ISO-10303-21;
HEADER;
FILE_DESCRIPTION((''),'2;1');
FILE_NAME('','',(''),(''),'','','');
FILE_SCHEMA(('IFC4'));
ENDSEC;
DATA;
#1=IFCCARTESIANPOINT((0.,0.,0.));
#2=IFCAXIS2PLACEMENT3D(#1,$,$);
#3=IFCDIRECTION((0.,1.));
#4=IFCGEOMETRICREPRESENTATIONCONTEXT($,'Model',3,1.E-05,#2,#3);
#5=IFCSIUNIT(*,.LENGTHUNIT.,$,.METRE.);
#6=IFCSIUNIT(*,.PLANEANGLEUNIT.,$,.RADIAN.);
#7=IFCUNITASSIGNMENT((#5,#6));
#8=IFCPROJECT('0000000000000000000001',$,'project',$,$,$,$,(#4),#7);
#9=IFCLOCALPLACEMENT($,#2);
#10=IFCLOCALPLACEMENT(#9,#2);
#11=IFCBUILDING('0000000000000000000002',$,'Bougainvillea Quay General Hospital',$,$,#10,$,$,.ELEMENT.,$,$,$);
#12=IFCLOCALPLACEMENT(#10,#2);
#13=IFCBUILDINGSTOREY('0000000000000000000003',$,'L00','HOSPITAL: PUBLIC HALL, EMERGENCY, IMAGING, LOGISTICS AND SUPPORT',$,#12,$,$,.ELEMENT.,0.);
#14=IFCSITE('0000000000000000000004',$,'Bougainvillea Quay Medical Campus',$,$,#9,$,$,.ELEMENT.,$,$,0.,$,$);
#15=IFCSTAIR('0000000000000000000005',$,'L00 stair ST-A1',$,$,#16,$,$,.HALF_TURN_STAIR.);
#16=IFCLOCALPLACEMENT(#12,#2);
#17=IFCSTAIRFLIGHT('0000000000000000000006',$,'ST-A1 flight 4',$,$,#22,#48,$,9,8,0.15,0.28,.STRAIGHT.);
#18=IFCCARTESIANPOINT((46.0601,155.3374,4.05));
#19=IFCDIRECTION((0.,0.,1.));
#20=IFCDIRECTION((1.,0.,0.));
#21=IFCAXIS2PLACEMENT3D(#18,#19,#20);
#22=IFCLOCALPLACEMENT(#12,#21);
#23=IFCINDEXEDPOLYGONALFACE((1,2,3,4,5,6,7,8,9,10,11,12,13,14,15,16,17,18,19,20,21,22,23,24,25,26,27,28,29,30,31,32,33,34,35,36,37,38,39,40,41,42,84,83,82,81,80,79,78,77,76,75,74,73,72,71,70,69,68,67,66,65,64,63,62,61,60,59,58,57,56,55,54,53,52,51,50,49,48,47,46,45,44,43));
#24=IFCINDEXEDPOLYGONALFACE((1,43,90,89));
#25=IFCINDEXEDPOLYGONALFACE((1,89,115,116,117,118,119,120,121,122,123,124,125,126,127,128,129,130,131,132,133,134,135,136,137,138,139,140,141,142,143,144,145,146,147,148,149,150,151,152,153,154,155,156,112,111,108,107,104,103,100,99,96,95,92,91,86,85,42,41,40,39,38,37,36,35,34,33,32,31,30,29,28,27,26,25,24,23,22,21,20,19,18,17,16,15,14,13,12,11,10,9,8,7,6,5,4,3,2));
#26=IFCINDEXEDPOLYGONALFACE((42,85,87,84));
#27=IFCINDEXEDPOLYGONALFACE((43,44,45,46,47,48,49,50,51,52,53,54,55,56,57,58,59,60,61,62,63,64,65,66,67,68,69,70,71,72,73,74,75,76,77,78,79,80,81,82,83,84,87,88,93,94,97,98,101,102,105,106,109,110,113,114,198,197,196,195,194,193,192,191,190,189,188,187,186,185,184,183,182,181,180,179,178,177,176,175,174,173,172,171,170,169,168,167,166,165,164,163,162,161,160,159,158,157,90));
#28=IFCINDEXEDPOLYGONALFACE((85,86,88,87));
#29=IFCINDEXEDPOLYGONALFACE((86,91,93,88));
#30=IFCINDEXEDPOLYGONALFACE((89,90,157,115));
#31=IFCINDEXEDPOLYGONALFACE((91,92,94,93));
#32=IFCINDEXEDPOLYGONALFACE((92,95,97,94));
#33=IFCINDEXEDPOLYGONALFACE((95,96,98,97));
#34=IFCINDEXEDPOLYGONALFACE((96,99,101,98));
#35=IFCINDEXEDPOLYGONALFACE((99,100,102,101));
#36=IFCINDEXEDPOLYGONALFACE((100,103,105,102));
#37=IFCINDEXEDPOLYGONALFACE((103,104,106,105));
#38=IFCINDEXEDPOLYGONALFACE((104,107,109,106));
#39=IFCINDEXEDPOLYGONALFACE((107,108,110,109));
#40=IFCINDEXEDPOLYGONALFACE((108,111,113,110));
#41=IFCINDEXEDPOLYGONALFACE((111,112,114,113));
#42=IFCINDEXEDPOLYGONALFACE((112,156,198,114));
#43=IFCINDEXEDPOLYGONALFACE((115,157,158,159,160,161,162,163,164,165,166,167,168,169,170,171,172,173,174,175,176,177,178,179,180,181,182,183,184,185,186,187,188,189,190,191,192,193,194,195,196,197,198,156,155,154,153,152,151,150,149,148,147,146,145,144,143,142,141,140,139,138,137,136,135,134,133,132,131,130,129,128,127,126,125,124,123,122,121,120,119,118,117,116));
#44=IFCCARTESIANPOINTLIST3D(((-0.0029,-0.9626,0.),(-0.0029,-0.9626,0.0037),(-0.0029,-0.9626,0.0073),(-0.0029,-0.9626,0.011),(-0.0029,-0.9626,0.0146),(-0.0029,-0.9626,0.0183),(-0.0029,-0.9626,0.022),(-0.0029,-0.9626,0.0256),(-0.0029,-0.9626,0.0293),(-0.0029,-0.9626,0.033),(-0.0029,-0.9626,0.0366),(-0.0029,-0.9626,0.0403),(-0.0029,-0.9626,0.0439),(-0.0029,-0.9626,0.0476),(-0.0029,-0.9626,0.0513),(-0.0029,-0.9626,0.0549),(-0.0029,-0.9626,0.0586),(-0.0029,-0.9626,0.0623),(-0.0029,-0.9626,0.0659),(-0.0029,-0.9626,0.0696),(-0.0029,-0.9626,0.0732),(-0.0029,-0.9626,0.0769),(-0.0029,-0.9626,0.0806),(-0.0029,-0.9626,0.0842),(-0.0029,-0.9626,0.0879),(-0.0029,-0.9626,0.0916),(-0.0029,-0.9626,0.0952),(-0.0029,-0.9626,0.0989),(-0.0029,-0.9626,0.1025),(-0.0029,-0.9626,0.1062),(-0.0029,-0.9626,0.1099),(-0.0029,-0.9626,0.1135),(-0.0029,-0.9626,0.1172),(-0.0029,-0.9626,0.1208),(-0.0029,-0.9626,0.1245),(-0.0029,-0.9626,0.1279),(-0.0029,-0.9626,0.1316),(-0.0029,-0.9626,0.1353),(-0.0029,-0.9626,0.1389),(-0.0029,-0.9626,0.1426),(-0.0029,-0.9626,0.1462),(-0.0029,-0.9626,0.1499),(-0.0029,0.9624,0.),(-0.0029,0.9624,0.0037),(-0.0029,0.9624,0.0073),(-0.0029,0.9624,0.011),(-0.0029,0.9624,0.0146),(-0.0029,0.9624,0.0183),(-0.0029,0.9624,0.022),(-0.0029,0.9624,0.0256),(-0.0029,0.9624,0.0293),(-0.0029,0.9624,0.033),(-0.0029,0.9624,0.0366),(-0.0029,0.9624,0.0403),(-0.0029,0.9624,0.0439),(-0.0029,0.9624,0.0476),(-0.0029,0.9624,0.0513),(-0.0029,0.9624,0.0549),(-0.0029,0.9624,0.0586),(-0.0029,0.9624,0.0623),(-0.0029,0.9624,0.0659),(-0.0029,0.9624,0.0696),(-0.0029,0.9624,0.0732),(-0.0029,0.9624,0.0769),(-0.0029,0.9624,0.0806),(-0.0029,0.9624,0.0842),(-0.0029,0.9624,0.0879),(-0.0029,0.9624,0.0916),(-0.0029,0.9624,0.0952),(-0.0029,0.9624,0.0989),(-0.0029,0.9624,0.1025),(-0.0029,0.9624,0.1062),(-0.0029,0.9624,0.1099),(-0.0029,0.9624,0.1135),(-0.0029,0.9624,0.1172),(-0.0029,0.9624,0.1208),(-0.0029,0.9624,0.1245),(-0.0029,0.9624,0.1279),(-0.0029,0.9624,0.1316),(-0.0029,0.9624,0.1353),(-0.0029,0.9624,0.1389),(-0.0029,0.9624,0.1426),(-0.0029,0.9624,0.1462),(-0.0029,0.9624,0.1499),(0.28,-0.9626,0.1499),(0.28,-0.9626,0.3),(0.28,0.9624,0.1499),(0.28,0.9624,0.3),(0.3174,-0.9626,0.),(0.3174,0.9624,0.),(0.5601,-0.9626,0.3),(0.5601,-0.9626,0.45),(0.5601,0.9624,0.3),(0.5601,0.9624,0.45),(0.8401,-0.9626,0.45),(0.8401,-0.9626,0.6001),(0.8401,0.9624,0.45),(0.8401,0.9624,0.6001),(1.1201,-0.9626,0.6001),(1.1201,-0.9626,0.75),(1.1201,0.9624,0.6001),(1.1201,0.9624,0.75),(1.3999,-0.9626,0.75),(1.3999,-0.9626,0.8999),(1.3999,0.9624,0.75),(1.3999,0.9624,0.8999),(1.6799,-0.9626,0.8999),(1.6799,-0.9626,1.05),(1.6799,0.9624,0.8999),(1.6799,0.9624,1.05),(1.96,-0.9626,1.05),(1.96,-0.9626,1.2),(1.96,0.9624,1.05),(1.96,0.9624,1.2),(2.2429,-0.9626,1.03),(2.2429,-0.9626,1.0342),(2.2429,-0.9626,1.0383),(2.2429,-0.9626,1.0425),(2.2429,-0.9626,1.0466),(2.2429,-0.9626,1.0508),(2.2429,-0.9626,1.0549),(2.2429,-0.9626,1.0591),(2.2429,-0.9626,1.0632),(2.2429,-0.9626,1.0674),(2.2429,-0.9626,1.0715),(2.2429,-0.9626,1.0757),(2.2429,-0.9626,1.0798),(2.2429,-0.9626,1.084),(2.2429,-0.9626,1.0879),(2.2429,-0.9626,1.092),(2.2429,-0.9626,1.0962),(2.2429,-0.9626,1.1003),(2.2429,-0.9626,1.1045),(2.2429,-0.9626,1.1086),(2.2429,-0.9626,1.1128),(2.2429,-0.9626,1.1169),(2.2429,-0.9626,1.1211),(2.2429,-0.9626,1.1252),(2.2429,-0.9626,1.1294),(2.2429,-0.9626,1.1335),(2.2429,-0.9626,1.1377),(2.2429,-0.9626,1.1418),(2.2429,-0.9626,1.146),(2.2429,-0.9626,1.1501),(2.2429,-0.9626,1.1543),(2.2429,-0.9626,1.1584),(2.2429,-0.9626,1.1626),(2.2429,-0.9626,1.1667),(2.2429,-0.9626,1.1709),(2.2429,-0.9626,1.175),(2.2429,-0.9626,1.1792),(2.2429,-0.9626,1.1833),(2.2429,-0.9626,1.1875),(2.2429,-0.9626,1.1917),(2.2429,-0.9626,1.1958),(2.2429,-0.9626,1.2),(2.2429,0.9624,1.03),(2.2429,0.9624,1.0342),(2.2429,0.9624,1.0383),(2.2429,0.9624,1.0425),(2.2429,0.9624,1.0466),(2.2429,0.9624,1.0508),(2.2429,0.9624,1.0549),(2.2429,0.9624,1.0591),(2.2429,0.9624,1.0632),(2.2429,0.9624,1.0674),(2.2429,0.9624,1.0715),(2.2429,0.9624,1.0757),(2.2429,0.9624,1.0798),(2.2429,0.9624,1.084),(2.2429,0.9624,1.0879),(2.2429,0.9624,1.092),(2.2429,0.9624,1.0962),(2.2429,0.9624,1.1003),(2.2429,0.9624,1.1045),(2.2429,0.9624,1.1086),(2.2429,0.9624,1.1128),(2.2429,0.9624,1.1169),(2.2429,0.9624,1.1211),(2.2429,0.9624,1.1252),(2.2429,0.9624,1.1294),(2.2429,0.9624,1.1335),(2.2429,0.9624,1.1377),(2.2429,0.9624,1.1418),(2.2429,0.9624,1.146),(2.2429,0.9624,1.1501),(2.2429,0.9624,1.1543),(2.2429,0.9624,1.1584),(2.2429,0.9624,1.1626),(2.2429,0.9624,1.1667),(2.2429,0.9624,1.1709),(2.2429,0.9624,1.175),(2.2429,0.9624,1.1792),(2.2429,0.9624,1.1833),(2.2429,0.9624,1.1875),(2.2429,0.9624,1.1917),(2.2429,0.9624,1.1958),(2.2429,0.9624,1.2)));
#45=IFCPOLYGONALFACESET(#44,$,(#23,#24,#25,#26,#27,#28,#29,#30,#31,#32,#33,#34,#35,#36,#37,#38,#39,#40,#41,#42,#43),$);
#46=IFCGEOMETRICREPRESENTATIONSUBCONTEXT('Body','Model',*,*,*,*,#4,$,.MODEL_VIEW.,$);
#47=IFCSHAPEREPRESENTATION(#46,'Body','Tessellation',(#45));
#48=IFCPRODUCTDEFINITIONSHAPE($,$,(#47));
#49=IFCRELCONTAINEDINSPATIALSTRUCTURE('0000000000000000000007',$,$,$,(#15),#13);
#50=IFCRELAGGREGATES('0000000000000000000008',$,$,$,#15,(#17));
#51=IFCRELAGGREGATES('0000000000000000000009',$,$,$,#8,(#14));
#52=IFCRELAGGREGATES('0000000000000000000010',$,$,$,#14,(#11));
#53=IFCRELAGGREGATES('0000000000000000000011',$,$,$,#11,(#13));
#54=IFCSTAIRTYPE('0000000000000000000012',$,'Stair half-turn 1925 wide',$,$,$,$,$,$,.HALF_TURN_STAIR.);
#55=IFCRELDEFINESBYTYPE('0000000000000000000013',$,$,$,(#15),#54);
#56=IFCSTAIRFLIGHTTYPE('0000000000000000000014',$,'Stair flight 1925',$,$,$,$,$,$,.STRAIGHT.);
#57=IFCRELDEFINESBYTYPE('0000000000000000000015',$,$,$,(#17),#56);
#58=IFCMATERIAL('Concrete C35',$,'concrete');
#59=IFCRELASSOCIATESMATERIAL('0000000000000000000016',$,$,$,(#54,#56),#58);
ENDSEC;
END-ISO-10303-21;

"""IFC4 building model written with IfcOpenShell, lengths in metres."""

from ifc_helpers import new_model, si_unit, direction, frame, origin, place, context, subcontext, project, spatial, polyline, outline, extrude, material, type_object, element, aggregate, save


model = new_model("IFC4")

# Units and contexts
model_context = context("Model", 3, precision=1e-05, world=origin(), true_north=direction((0.0, 1.0)))
body_context = subcontext(model_context, "Body", "Model", "MODEL_VIEW")
ifc_project = project(units=[si_unit("LENGTHUNIT", "METRE"), si_unit("PLANEANGLEUNIT", "RADIAN")], contexts=[model_context])

# Site, building, storey
site_placement = place(None, origin())
site = spatial("IfcSite", under=ifc_project, at=site_placement, Name="Bougainvillea Quay Medical Campus", CompositionType="ELEMENT", RefElevation=0.0)
building_placement = place(site_placement, origin())
building = spatial("IfcBuilding", under=site, at=building_placement, Name="Bougainvillea Quay General Hospital", CompositionType="ELEMENT")
storey_placement = place(building_placement, origin())
storey = spatial("IfcBuildingStorey", under=building, at=storey_placement, Name="L00", Description="HOSPITAL: PUBLIC HALL, EMERGENCY, IMAGING, LOGISTICS AND SUPPORT", CompositionType="ELEMENT", Elevation=0.0)

# Stair, stair flight
ifc_material_1 = material(Name="Concrete C35", Category="concrete")
stair_type = type_object("IfcStairType", Name="Stair half-turn 1925 wide", PredefinedType="HALF_TURN_STAIR", material=ifc_material_1)
stair_placement = place(storey_placement, origin())
stair = element("IfcStair", 1, at=stair_placement, inside=storey, type_object=stair_type, Name="L00 stair ST-A1", PredefinedType="HALF_TURN_STAIR")
stair_flight_type = type_object("IfcStairFlightType", Name="Stair flight 1925", PredefinedType="STRAIGHT", material=ifc_material_1)
stair_flight_1_placement = place(storey_placement, frame((46.0601, 155.3374, 4.05), z_axis=(0.0, 0.0, 1.0), x_axis=(1.0, 0.0, 0.0)))
stair_flight_1 = element("IfcStairFlight", 2, at=stair_flight_1_placement, type_object=stair_flight_type, Name="ST-A1 flight 4", NumberOfRisers=9, NumberOfTreads=8, PredefinedType="STRAIGHT", RiserHeight=0.15, TreadLength=0.28, context=body_context, shape_type="SweptSolid", body=[
    extrude(outline(polyline([(-0.0029, 0.0), (-0.0029, 0.0037), (-0.0029, 0.0073), (-0.0029, 0.011), (-0.0029, 0.0146), (-0.0029, 0.0183), (-0.0029, 0.022), (-0.0029, 0.0256), (-0.0029, 0.0293), (-0.0029, 0.033), (-0.0029, 0.0366), (-0.0029, 0.0403), (-0.0029, 0.0439), (-0.0029, 0.0476), (-0.0029, 0.0513), (-0.0029, 0.0549), (-0.0029, 0.0586), (-0.0029, 0.0623), (-0.0029, 0.0659), (-0.0029, 0.0696), (-0.0029, 0.0732), (-0.0029, 0.0769), (-0.0029, 0.0806), (-0.0029, 0.0842), (-0.0029, 0.0879), (-0.0029, 0.0916), (-0.0029, 0.0952), (-0.0029, 0.0989), (-0.0029, 0.1025), (-0.0029, 0.1062), (-0.0029, 0.1099), (-0.0029, 0.1135), (-0.0029, 0.1172), (-0.0029, 0.1208), (-0.0029, 0.1245), (-0.0029, 0.1279), (-0.0029, 0.1316), (-0.0029, 0.1353), (-0.0029, 0.1389), (-0.0029, 0.1426), (-0.0029, 0.1462), (-0.0029, 0.1499), (0.28, 0.1499), (0.28, 0.3), (0.5601, 0.3), (0.5601, 0.45), (0.8401, 0.45), (0.8401, 0.6001), (1.1201, 0.6001), (1.1201, 0.75), (1.3999, 0.75), (1.3999, 0.8999), (1.6799, 0.8999), (1.6799, 1.05), (1.96, 1.05), (1.96, 1.2), (2.2429, 1.2), (2.2429, 1.1958), (2.2429, 1.1917), (2.2429, 1.1875), (2.2429, 1.1833), (2.2429, 1.1792), (2.2429, 1.175), (2.2429, 1.1709), (2.2429, 1.1667), (2.2429, 1.1626), (2.2429, 1.1584), (2.2429, 1.1543), (2.2429, 1.1501), (2.2429, 1.146), (2.2429, 1.1418), (2.2429, 1.1377), (2.2429, 1.1335), (2.2429, 1.1294), (2.2429, 1.1252), (2.2429, 1.1211), (2.2429, 1.1169), (2.2429, 1.1128), (2.2429, 1.1086), (2.2429, 1.1045), (2.2429, 1.1003), (2.2429, 1.0962), (2.2429, 1.092), (2.2429, 1.0879), (2.2429, 1.084), (2.2429, 1.0798), (2.2429, 1.0757), (2.2429, 1.0715), (2.2429, 1.0674), (2.2429, 1.0632), (2.2429, 1.0591), (2.2429, 1.0549), (2.2429, 1.0508), (2.2429, 1.0466), (2.2429, 1.0425), (2.2429, 1.0383), (2.2429, 1.0342), (2.2429, 1.03), (0.3174, 0.0), (-0.0029, 0.0)])), frame((0.0, 0.9624, 0.0), z_axis=(0.0, -1.0, 0.0), x_axis=(1.0, 0.0, 0.0)), (0.0, 0.0, 1.0), 1.925),
])
aggregate(stair, [stair_flight_1])

save(model, "model.ifc")
